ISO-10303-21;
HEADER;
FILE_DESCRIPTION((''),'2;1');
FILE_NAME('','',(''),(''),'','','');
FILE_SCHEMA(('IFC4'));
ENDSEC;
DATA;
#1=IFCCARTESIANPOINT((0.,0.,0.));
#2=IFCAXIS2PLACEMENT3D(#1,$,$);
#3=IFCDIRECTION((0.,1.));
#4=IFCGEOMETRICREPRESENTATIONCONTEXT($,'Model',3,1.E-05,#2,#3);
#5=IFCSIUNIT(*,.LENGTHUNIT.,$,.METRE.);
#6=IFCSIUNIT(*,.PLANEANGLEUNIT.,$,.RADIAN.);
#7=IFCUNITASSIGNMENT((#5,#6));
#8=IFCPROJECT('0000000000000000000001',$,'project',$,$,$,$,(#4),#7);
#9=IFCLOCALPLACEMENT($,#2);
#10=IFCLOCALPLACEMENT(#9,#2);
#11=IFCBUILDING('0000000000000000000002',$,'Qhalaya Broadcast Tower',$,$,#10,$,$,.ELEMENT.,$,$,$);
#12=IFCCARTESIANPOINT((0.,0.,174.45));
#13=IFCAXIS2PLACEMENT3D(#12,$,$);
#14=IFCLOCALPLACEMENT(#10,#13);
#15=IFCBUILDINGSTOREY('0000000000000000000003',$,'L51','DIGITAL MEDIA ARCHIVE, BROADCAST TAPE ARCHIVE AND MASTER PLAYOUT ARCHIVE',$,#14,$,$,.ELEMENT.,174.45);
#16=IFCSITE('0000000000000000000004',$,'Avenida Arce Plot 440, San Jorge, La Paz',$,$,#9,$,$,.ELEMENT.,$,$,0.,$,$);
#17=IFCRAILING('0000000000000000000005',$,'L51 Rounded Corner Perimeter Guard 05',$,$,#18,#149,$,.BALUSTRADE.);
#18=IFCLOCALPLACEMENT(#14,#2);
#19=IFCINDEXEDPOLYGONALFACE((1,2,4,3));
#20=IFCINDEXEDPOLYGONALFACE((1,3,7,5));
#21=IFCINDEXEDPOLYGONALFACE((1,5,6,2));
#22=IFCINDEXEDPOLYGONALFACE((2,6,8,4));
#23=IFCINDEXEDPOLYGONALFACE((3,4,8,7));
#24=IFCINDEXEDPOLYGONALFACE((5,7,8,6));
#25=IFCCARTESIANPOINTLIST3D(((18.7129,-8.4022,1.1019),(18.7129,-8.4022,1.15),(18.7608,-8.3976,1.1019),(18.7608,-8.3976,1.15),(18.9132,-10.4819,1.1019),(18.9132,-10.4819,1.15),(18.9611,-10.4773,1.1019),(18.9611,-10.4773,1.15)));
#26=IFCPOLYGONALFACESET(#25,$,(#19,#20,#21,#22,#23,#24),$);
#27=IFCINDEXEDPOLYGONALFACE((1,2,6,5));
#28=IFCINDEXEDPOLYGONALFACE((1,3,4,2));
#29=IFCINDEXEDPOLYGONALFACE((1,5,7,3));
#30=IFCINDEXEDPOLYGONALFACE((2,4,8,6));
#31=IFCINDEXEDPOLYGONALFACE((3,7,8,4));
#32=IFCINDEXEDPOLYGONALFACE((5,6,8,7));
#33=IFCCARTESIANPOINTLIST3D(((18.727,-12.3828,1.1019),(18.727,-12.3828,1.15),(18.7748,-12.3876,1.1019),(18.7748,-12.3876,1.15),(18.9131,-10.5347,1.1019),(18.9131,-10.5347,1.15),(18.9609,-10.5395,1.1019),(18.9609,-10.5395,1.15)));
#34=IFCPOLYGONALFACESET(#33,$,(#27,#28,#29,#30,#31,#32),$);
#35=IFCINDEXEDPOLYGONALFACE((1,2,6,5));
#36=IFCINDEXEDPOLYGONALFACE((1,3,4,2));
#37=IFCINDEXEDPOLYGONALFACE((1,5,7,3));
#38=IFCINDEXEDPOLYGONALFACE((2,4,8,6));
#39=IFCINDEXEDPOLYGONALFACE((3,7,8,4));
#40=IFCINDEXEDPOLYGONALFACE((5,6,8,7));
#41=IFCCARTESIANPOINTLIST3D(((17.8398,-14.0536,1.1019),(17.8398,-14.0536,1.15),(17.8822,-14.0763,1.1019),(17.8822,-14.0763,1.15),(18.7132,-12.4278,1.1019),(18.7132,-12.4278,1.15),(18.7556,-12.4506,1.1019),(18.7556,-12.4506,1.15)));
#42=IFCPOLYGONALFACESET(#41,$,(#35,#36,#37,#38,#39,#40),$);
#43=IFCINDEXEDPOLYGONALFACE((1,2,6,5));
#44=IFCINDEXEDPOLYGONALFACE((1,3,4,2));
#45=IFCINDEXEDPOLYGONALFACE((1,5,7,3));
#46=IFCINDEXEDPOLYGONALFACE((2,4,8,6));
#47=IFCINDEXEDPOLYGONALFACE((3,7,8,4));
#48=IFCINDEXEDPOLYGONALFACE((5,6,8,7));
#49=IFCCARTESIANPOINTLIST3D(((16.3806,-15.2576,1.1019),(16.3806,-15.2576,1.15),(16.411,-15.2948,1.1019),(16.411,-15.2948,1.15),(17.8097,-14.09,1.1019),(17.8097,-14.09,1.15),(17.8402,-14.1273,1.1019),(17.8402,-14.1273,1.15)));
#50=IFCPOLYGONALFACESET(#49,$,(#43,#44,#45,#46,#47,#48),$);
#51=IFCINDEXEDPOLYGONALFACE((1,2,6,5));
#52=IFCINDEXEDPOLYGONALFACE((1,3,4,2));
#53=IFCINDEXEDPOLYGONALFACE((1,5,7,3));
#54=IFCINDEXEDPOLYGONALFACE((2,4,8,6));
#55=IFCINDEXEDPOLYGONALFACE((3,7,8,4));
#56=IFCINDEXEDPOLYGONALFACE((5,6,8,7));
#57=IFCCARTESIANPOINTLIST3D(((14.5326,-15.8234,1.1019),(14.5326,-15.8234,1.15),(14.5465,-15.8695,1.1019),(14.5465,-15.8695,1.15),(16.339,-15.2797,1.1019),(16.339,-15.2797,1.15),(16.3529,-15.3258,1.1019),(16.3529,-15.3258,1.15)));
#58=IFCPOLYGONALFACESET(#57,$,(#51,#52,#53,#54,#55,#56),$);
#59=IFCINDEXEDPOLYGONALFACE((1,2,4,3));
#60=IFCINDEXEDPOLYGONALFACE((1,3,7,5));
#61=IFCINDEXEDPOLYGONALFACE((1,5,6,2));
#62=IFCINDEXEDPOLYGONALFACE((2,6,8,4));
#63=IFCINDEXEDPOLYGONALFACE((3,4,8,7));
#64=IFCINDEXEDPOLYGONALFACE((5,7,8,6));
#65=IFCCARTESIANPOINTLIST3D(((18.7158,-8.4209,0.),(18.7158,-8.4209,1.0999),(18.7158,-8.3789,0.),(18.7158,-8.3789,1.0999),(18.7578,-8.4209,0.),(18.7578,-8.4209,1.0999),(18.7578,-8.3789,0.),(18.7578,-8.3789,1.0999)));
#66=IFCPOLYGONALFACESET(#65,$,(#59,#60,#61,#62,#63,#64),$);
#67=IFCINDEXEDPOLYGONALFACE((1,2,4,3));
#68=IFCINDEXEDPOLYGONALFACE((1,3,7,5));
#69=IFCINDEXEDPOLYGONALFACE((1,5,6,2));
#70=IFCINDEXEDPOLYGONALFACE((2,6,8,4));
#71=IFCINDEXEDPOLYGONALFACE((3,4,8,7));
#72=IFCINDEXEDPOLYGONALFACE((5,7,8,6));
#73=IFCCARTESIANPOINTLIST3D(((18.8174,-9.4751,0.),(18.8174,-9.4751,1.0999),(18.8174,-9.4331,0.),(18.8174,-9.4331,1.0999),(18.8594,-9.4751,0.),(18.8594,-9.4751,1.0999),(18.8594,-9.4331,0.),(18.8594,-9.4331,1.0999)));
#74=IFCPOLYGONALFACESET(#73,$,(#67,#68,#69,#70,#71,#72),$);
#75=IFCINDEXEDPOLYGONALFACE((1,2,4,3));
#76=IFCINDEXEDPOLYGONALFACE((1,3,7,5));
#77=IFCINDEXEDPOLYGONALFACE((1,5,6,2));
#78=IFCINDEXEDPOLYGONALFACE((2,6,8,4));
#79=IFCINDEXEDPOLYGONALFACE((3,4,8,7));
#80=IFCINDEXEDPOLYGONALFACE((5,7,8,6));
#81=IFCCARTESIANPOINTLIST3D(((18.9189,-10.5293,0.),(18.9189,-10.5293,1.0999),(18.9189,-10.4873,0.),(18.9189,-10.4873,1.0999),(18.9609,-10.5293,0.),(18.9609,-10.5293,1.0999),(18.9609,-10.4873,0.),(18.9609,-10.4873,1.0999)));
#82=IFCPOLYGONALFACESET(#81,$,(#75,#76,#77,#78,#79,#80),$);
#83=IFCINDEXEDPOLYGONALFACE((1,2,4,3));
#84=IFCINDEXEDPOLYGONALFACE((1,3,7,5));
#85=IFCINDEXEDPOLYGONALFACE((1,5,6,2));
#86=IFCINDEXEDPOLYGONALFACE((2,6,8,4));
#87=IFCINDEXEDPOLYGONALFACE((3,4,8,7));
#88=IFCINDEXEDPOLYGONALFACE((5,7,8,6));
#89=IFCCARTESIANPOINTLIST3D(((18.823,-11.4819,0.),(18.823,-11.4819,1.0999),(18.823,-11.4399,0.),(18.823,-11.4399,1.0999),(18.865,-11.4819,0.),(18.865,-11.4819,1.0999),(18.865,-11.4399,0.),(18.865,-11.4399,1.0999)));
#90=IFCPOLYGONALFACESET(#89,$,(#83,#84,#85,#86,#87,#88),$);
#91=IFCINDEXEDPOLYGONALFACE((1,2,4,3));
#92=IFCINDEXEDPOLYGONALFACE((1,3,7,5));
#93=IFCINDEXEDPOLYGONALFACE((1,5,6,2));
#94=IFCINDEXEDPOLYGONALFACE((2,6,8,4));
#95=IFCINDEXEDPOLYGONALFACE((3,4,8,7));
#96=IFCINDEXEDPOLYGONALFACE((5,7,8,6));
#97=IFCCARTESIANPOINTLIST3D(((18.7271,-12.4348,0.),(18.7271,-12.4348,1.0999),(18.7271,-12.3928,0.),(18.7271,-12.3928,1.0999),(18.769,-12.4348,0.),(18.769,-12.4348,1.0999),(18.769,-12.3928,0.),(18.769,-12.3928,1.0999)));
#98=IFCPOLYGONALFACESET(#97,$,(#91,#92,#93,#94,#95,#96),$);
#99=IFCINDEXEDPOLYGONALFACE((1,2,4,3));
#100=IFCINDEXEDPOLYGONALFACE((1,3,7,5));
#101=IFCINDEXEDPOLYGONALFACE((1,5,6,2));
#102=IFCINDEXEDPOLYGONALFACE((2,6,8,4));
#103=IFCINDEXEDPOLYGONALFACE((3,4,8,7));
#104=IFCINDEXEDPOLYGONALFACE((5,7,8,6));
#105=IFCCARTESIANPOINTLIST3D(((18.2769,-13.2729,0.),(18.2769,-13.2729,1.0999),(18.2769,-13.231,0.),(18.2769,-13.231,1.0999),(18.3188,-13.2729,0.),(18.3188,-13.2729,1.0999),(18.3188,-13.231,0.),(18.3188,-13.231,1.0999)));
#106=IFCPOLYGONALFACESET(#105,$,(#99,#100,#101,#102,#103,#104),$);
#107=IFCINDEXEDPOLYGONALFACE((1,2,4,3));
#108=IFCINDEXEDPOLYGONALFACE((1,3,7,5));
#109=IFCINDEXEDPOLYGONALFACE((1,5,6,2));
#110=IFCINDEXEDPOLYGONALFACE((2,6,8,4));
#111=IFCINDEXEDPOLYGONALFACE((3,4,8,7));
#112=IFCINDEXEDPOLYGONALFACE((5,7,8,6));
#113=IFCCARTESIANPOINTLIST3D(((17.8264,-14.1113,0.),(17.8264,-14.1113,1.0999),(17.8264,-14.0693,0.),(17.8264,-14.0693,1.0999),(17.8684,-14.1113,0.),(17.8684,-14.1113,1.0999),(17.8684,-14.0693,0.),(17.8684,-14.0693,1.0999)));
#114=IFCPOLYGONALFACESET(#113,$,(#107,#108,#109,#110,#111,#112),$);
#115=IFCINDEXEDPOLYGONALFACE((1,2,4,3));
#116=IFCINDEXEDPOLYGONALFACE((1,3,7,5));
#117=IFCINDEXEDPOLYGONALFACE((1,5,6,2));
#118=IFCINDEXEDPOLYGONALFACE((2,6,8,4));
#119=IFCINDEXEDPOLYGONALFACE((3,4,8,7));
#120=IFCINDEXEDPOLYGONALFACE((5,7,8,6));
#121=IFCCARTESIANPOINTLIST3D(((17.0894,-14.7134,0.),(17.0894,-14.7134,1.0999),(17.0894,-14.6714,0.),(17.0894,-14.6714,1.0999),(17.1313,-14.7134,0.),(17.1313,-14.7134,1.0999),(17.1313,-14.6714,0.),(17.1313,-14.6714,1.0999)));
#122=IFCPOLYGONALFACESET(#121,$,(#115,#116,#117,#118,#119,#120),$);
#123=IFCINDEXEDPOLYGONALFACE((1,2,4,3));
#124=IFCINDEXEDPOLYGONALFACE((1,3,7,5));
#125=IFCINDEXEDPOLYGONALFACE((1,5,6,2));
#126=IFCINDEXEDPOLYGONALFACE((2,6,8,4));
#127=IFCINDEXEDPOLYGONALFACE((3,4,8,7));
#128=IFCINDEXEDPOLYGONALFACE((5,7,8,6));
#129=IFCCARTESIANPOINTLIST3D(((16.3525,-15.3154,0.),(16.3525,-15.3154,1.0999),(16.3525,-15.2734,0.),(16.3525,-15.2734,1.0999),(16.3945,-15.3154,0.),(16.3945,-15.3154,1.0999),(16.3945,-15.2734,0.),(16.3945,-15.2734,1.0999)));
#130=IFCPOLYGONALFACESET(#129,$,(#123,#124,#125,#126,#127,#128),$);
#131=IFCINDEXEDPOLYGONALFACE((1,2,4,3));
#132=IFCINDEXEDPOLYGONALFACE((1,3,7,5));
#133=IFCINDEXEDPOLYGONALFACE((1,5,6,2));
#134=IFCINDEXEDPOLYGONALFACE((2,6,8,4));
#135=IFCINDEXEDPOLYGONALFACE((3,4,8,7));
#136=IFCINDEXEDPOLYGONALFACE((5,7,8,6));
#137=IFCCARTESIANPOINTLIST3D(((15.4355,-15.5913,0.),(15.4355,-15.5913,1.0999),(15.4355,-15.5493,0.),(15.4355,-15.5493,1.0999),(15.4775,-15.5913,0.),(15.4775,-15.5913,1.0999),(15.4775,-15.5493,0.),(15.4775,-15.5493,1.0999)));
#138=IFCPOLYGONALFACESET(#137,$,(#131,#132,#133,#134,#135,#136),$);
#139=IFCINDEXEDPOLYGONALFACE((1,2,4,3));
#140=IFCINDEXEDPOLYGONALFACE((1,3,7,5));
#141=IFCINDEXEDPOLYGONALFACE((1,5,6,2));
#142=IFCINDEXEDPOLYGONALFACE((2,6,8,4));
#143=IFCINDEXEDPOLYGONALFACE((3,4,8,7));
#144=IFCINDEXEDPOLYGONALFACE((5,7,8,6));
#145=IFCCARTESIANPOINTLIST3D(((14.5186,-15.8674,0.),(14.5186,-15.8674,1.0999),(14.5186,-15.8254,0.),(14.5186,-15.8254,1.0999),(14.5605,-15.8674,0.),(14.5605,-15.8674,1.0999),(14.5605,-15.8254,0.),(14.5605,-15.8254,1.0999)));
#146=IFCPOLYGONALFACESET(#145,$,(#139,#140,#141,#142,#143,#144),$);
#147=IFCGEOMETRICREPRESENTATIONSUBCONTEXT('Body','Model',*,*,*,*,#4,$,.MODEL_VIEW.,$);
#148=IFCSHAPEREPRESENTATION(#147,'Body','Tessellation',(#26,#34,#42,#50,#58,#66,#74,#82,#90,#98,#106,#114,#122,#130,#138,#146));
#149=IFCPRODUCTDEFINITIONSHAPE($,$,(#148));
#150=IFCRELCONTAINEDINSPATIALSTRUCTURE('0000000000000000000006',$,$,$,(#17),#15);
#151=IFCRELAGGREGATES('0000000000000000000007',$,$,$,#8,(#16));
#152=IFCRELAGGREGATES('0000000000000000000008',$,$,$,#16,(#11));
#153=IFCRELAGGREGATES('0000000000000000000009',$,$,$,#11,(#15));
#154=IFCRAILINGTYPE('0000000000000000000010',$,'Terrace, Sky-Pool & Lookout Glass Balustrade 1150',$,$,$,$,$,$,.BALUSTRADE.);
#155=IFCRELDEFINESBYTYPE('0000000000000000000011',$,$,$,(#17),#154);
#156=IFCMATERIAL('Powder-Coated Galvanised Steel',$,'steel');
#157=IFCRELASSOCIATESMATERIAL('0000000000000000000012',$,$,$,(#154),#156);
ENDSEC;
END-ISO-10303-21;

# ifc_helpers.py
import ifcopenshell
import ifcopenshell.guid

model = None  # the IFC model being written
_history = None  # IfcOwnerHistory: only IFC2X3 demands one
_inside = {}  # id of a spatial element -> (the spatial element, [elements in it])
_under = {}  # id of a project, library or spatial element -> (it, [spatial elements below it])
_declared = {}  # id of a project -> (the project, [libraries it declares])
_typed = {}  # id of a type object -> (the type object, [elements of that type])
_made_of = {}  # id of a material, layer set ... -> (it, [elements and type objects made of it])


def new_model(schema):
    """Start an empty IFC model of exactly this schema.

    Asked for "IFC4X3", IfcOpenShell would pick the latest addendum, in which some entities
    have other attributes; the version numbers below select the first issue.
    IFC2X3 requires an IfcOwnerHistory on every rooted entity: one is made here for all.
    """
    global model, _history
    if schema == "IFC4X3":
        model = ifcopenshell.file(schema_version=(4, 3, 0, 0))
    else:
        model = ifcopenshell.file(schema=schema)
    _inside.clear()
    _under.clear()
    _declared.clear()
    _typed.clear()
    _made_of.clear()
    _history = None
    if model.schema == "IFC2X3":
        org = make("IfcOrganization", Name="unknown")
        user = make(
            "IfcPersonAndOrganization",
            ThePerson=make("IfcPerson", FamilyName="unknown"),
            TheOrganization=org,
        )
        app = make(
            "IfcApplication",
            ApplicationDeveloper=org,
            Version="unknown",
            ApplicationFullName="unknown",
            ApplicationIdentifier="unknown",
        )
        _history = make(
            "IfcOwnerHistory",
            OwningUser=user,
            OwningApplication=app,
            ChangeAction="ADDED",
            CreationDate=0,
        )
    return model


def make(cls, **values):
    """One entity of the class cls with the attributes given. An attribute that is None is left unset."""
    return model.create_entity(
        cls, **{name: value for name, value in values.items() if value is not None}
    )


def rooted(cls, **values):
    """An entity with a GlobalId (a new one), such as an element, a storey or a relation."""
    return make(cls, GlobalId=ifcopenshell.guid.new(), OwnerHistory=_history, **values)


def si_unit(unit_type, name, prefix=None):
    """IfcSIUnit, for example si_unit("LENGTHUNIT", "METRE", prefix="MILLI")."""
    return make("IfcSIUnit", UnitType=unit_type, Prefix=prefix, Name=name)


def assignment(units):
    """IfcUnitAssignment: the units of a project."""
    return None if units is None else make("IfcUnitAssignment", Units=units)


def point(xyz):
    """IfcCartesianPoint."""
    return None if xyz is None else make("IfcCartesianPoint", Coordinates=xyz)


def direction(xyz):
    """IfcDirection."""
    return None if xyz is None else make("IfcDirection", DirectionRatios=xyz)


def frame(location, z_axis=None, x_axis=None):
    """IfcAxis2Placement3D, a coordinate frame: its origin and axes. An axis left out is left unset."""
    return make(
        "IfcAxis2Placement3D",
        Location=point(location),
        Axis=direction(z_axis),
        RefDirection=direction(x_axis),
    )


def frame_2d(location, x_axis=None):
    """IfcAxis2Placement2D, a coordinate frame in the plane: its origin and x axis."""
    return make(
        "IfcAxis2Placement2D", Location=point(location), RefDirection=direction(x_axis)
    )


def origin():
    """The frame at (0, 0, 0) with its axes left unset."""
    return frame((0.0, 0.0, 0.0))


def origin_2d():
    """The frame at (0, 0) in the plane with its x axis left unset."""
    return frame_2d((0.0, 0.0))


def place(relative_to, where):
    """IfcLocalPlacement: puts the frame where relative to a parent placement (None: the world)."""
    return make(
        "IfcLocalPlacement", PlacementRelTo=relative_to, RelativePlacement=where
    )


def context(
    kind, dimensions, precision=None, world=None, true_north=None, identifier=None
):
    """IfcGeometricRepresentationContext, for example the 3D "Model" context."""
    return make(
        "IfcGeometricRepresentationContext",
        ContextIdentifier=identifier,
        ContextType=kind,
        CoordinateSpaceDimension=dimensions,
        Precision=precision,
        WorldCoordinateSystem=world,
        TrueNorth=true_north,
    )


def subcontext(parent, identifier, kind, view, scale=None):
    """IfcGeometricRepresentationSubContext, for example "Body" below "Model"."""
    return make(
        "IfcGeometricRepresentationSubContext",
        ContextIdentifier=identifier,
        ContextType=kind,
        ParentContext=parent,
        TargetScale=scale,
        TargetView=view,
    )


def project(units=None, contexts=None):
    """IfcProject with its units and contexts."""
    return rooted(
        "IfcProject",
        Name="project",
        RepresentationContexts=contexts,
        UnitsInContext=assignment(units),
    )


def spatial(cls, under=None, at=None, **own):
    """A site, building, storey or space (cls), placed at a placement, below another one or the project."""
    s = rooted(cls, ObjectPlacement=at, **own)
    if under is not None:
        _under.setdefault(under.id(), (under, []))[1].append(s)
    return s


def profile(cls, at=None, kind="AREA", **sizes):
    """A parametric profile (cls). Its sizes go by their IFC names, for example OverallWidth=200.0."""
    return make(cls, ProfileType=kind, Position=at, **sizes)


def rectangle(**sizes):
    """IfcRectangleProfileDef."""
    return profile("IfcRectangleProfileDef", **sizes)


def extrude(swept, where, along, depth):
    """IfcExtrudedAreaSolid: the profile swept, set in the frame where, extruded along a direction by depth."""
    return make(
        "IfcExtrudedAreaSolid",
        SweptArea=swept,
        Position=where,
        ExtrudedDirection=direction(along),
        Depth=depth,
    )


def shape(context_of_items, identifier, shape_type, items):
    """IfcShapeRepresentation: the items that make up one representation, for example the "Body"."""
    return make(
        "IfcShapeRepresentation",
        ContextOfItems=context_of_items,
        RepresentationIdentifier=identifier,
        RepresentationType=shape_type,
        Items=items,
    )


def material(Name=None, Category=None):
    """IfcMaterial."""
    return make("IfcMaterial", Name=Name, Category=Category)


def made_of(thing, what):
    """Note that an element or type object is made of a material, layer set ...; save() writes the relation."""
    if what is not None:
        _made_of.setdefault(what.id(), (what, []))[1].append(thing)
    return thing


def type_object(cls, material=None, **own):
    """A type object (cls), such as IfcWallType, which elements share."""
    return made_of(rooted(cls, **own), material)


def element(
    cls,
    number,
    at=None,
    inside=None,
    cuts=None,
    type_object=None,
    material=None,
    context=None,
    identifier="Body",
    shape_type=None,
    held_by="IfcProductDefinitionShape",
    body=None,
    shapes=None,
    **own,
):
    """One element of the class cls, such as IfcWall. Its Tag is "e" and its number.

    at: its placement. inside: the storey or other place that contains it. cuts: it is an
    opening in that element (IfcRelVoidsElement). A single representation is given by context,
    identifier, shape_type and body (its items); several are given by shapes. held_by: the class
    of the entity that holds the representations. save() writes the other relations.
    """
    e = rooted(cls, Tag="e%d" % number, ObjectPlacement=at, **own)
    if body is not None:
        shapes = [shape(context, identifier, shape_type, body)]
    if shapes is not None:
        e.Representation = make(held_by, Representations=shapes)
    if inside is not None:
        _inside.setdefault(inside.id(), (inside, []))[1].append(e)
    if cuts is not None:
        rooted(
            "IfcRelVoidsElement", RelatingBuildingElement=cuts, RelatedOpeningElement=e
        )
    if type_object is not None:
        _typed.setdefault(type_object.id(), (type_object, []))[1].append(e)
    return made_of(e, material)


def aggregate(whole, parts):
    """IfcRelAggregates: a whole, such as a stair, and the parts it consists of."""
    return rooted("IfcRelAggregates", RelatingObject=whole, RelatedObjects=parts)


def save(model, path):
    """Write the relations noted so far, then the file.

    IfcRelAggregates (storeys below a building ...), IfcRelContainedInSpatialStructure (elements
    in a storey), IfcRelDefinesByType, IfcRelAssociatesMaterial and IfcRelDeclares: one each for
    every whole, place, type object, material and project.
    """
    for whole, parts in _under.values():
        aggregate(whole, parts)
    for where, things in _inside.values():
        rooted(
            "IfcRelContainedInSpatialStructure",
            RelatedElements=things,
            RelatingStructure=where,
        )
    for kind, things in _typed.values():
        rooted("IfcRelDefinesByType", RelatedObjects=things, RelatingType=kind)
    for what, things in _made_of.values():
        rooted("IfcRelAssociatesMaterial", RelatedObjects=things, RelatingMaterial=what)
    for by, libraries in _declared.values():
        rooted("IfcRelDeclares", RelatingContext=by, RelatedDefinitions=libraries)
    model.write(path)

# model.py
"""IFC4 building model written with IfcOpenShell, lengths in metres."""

from ifc_helpers import new_model, si_unit, direction, frame, origin, origin_2d, place, context, subcontext, project, spatial, rectangle, extrude, material, type_object, element, save


model = new_model("IFC4")

# Units and contexts
model_context = context("Model", 3, precision=1e-05, world=origin(), true_north=direction((0.0, 1.0)))
body_context = subcontext(model_context, "Body", "Model", "MODEL_VIEW")
ifc_project = project(units=[si_unit("LENGTHUNIT", "METRE"), si_unit("PLANEANGLEUNIT", "RADIAN")], contexts=[model_context])

# Site, building, storey
site_placement = place(None, origin())
site = spatial("IfcSite", under=ifc_project, at=site_placement, Name="Avenida Arce Plot 440, San Jorge, La Paz", CompositionType="ELEMENT", RefElevation=0.0)
building_placement = place(site_placement, origin())
building = spatial("IfcBuilding", under=site, at=building_placement, Name="Qhalaya Broadcast Tower", CompositionType="ELEMENT")
storey_placement = place(building_placement, frame((0.0, 0.0, 174.45)))
storey = spatial("IfcBuildingStorey", under=building, at=storey_placement, Name="L51", Description="DIGITAL MEDIA ARCHIVE, BROADCAST TAPE ARCHIVE AND MASTER PLAYOUT ARCHIVE", CompositionType="ELEMENT", Elevation=174.45)

# Railing
ifc_material_1 = material(Name="Powder-Coated Galvanised Steel", Category="steel")
railing_type = type_object("IfcRailingType", Name="Terrace, Sky-Pool & Lookout Glass Balustrade 1150", PredefinedType="BALUSTRADE", material=ifc_material_1)
railing_1_placement = place(storey_placement, frame((18.7368, -8.3999, 0.0)))
element("IfcRailing", 1, at=railing_1_placement, inside=storey, type_object=railing_type, Name="L51 Rounded Corner Perimeter Guard 05", PredefinedType="BALUSTRADE", context=body_context, shape_type="SweptSolid", body=[
    extrude(rectangle(XDim=0.0481, YDim=0.0481, at=origin_2d()), frame((0.0, 0.0, 1.126), z_axis=(0.095897, -0.995391, 0.0), x_axis=(0.995391, 0.095897, 0.0)), (0.0, 0.0, 1.0), 2.0894),
    extrude(rectangle(XDim=0.0481, YDim=0.0481, at=origin_2d()), frame((0.2002, -2.1372, 1.126), z_axis=(-0.100198, -0.994968, 0.0), x_axis=(0.994968, -0.100198, 0.0)), (0.0, 0.0, 1.0), 1.8574),
    extrude(rectangle(XDim=0.0481, YDim=0.0481, at=origin_2d()), frame((-0.0024, -4.0393, 1.126), z_axis=(-0.473243, -0.880932, 0.0), x_axis=(0.880932, -0.473243, 0.0)), (0.0, 0.0, 1.0), 1.8455),
    extrude(rectangle(XDim=0.0481, YDim=0.0481, at=origin_2d()), frame((-0.9119, -5.7087, 1.126), z_axis=(-0.77442, -0.632672, 0.0), x_axis=(0.632672, -0.77442, 0.0)), (0.0, 0.0, 1.0), 1.8455),
    extrude(rectangle(XDim=0.0481, YDim=0.0481, at=origin_2d()), frame((-2.3909, -6.9028, 1.126), z_axis=(-0.957566, -0.288213, 0.0), x_axis=(0.288213, -0.957566, 0.0)), (0.0, 0.0, 1.0), 1.8865),
    extrude(rectangle(XDim=0.042, YDim=0.042, at=origin_2d()), origin(), (0.0, 0.0, 1.0), 1.0999),
    extrude(rectangle(XDim=0.042, YDim=0.042, at=origin_2d()), frame((0.1016, -1.0542, 0.0)), (0.0, 0.0, 1.0), 1.0999),
    extrude(rectangle(XDim=0.042, YDim=0.042, at=origin_2d()), frame((0.2031, -2.1084, 0.0)), (0.0, 0.0, 1.0), 1.0999),
    extrude(rectangle(XDim=0.042, YDim=0.042, at=origin_2d()), frame((0.1072, -3.061, 0.0)), (0.0, 0.0, 1.0), 1.0999),
    extrude(rectangle(XDim=0.042, YDim=0.042, at=origin_2d()), frame((0.0112, -4.0139, 0.0)), (0.0, 0.0, 1.0), 1.0999),
    extrude(rectangle(XDim=0.042, YDim=0.042, at=origin_2d()), frame((-0.439, -4.8521, 0.0)), (0.0, 0.0, 1.0), 1.0999),
    extrude(rectangle(XDim=0.042, YDim=0.042, at=origin_2d()), frame((-0.8894, -5.6904, 0.0)), (0.0, 0.0, 1.0), 1.0999),
    extrude(rectangle(XDim=0.042, YDim=0.042, at=origin_2d()), frame((-1.6265, -6.2925, 0.0)), (0.0, 0.0, 1.0), 1.0999),
    extrude(rectangle(XDim=0.042, YDim=0.042, at=origin_2d()), frame((-2.3633, -6.8945, 0.0)), (0.0, 0.0, 1.0), 1.0999),
    extrude(rectangle(XDim=0.042, YDim=0.042, at=origin_2d()), frame((-3.2803, -7.1704, 0.0)), (0.0, 0.0, 1.0), 1.0999),
    extrude(rectangle(XDim=0.042, YDim=0.042, at=origin_2d()), frame((-4.1973, -7.4465, 0.0)), (0.0, 0.0, 1.0), 1.0999),
])

save(model, "model.ifc")
